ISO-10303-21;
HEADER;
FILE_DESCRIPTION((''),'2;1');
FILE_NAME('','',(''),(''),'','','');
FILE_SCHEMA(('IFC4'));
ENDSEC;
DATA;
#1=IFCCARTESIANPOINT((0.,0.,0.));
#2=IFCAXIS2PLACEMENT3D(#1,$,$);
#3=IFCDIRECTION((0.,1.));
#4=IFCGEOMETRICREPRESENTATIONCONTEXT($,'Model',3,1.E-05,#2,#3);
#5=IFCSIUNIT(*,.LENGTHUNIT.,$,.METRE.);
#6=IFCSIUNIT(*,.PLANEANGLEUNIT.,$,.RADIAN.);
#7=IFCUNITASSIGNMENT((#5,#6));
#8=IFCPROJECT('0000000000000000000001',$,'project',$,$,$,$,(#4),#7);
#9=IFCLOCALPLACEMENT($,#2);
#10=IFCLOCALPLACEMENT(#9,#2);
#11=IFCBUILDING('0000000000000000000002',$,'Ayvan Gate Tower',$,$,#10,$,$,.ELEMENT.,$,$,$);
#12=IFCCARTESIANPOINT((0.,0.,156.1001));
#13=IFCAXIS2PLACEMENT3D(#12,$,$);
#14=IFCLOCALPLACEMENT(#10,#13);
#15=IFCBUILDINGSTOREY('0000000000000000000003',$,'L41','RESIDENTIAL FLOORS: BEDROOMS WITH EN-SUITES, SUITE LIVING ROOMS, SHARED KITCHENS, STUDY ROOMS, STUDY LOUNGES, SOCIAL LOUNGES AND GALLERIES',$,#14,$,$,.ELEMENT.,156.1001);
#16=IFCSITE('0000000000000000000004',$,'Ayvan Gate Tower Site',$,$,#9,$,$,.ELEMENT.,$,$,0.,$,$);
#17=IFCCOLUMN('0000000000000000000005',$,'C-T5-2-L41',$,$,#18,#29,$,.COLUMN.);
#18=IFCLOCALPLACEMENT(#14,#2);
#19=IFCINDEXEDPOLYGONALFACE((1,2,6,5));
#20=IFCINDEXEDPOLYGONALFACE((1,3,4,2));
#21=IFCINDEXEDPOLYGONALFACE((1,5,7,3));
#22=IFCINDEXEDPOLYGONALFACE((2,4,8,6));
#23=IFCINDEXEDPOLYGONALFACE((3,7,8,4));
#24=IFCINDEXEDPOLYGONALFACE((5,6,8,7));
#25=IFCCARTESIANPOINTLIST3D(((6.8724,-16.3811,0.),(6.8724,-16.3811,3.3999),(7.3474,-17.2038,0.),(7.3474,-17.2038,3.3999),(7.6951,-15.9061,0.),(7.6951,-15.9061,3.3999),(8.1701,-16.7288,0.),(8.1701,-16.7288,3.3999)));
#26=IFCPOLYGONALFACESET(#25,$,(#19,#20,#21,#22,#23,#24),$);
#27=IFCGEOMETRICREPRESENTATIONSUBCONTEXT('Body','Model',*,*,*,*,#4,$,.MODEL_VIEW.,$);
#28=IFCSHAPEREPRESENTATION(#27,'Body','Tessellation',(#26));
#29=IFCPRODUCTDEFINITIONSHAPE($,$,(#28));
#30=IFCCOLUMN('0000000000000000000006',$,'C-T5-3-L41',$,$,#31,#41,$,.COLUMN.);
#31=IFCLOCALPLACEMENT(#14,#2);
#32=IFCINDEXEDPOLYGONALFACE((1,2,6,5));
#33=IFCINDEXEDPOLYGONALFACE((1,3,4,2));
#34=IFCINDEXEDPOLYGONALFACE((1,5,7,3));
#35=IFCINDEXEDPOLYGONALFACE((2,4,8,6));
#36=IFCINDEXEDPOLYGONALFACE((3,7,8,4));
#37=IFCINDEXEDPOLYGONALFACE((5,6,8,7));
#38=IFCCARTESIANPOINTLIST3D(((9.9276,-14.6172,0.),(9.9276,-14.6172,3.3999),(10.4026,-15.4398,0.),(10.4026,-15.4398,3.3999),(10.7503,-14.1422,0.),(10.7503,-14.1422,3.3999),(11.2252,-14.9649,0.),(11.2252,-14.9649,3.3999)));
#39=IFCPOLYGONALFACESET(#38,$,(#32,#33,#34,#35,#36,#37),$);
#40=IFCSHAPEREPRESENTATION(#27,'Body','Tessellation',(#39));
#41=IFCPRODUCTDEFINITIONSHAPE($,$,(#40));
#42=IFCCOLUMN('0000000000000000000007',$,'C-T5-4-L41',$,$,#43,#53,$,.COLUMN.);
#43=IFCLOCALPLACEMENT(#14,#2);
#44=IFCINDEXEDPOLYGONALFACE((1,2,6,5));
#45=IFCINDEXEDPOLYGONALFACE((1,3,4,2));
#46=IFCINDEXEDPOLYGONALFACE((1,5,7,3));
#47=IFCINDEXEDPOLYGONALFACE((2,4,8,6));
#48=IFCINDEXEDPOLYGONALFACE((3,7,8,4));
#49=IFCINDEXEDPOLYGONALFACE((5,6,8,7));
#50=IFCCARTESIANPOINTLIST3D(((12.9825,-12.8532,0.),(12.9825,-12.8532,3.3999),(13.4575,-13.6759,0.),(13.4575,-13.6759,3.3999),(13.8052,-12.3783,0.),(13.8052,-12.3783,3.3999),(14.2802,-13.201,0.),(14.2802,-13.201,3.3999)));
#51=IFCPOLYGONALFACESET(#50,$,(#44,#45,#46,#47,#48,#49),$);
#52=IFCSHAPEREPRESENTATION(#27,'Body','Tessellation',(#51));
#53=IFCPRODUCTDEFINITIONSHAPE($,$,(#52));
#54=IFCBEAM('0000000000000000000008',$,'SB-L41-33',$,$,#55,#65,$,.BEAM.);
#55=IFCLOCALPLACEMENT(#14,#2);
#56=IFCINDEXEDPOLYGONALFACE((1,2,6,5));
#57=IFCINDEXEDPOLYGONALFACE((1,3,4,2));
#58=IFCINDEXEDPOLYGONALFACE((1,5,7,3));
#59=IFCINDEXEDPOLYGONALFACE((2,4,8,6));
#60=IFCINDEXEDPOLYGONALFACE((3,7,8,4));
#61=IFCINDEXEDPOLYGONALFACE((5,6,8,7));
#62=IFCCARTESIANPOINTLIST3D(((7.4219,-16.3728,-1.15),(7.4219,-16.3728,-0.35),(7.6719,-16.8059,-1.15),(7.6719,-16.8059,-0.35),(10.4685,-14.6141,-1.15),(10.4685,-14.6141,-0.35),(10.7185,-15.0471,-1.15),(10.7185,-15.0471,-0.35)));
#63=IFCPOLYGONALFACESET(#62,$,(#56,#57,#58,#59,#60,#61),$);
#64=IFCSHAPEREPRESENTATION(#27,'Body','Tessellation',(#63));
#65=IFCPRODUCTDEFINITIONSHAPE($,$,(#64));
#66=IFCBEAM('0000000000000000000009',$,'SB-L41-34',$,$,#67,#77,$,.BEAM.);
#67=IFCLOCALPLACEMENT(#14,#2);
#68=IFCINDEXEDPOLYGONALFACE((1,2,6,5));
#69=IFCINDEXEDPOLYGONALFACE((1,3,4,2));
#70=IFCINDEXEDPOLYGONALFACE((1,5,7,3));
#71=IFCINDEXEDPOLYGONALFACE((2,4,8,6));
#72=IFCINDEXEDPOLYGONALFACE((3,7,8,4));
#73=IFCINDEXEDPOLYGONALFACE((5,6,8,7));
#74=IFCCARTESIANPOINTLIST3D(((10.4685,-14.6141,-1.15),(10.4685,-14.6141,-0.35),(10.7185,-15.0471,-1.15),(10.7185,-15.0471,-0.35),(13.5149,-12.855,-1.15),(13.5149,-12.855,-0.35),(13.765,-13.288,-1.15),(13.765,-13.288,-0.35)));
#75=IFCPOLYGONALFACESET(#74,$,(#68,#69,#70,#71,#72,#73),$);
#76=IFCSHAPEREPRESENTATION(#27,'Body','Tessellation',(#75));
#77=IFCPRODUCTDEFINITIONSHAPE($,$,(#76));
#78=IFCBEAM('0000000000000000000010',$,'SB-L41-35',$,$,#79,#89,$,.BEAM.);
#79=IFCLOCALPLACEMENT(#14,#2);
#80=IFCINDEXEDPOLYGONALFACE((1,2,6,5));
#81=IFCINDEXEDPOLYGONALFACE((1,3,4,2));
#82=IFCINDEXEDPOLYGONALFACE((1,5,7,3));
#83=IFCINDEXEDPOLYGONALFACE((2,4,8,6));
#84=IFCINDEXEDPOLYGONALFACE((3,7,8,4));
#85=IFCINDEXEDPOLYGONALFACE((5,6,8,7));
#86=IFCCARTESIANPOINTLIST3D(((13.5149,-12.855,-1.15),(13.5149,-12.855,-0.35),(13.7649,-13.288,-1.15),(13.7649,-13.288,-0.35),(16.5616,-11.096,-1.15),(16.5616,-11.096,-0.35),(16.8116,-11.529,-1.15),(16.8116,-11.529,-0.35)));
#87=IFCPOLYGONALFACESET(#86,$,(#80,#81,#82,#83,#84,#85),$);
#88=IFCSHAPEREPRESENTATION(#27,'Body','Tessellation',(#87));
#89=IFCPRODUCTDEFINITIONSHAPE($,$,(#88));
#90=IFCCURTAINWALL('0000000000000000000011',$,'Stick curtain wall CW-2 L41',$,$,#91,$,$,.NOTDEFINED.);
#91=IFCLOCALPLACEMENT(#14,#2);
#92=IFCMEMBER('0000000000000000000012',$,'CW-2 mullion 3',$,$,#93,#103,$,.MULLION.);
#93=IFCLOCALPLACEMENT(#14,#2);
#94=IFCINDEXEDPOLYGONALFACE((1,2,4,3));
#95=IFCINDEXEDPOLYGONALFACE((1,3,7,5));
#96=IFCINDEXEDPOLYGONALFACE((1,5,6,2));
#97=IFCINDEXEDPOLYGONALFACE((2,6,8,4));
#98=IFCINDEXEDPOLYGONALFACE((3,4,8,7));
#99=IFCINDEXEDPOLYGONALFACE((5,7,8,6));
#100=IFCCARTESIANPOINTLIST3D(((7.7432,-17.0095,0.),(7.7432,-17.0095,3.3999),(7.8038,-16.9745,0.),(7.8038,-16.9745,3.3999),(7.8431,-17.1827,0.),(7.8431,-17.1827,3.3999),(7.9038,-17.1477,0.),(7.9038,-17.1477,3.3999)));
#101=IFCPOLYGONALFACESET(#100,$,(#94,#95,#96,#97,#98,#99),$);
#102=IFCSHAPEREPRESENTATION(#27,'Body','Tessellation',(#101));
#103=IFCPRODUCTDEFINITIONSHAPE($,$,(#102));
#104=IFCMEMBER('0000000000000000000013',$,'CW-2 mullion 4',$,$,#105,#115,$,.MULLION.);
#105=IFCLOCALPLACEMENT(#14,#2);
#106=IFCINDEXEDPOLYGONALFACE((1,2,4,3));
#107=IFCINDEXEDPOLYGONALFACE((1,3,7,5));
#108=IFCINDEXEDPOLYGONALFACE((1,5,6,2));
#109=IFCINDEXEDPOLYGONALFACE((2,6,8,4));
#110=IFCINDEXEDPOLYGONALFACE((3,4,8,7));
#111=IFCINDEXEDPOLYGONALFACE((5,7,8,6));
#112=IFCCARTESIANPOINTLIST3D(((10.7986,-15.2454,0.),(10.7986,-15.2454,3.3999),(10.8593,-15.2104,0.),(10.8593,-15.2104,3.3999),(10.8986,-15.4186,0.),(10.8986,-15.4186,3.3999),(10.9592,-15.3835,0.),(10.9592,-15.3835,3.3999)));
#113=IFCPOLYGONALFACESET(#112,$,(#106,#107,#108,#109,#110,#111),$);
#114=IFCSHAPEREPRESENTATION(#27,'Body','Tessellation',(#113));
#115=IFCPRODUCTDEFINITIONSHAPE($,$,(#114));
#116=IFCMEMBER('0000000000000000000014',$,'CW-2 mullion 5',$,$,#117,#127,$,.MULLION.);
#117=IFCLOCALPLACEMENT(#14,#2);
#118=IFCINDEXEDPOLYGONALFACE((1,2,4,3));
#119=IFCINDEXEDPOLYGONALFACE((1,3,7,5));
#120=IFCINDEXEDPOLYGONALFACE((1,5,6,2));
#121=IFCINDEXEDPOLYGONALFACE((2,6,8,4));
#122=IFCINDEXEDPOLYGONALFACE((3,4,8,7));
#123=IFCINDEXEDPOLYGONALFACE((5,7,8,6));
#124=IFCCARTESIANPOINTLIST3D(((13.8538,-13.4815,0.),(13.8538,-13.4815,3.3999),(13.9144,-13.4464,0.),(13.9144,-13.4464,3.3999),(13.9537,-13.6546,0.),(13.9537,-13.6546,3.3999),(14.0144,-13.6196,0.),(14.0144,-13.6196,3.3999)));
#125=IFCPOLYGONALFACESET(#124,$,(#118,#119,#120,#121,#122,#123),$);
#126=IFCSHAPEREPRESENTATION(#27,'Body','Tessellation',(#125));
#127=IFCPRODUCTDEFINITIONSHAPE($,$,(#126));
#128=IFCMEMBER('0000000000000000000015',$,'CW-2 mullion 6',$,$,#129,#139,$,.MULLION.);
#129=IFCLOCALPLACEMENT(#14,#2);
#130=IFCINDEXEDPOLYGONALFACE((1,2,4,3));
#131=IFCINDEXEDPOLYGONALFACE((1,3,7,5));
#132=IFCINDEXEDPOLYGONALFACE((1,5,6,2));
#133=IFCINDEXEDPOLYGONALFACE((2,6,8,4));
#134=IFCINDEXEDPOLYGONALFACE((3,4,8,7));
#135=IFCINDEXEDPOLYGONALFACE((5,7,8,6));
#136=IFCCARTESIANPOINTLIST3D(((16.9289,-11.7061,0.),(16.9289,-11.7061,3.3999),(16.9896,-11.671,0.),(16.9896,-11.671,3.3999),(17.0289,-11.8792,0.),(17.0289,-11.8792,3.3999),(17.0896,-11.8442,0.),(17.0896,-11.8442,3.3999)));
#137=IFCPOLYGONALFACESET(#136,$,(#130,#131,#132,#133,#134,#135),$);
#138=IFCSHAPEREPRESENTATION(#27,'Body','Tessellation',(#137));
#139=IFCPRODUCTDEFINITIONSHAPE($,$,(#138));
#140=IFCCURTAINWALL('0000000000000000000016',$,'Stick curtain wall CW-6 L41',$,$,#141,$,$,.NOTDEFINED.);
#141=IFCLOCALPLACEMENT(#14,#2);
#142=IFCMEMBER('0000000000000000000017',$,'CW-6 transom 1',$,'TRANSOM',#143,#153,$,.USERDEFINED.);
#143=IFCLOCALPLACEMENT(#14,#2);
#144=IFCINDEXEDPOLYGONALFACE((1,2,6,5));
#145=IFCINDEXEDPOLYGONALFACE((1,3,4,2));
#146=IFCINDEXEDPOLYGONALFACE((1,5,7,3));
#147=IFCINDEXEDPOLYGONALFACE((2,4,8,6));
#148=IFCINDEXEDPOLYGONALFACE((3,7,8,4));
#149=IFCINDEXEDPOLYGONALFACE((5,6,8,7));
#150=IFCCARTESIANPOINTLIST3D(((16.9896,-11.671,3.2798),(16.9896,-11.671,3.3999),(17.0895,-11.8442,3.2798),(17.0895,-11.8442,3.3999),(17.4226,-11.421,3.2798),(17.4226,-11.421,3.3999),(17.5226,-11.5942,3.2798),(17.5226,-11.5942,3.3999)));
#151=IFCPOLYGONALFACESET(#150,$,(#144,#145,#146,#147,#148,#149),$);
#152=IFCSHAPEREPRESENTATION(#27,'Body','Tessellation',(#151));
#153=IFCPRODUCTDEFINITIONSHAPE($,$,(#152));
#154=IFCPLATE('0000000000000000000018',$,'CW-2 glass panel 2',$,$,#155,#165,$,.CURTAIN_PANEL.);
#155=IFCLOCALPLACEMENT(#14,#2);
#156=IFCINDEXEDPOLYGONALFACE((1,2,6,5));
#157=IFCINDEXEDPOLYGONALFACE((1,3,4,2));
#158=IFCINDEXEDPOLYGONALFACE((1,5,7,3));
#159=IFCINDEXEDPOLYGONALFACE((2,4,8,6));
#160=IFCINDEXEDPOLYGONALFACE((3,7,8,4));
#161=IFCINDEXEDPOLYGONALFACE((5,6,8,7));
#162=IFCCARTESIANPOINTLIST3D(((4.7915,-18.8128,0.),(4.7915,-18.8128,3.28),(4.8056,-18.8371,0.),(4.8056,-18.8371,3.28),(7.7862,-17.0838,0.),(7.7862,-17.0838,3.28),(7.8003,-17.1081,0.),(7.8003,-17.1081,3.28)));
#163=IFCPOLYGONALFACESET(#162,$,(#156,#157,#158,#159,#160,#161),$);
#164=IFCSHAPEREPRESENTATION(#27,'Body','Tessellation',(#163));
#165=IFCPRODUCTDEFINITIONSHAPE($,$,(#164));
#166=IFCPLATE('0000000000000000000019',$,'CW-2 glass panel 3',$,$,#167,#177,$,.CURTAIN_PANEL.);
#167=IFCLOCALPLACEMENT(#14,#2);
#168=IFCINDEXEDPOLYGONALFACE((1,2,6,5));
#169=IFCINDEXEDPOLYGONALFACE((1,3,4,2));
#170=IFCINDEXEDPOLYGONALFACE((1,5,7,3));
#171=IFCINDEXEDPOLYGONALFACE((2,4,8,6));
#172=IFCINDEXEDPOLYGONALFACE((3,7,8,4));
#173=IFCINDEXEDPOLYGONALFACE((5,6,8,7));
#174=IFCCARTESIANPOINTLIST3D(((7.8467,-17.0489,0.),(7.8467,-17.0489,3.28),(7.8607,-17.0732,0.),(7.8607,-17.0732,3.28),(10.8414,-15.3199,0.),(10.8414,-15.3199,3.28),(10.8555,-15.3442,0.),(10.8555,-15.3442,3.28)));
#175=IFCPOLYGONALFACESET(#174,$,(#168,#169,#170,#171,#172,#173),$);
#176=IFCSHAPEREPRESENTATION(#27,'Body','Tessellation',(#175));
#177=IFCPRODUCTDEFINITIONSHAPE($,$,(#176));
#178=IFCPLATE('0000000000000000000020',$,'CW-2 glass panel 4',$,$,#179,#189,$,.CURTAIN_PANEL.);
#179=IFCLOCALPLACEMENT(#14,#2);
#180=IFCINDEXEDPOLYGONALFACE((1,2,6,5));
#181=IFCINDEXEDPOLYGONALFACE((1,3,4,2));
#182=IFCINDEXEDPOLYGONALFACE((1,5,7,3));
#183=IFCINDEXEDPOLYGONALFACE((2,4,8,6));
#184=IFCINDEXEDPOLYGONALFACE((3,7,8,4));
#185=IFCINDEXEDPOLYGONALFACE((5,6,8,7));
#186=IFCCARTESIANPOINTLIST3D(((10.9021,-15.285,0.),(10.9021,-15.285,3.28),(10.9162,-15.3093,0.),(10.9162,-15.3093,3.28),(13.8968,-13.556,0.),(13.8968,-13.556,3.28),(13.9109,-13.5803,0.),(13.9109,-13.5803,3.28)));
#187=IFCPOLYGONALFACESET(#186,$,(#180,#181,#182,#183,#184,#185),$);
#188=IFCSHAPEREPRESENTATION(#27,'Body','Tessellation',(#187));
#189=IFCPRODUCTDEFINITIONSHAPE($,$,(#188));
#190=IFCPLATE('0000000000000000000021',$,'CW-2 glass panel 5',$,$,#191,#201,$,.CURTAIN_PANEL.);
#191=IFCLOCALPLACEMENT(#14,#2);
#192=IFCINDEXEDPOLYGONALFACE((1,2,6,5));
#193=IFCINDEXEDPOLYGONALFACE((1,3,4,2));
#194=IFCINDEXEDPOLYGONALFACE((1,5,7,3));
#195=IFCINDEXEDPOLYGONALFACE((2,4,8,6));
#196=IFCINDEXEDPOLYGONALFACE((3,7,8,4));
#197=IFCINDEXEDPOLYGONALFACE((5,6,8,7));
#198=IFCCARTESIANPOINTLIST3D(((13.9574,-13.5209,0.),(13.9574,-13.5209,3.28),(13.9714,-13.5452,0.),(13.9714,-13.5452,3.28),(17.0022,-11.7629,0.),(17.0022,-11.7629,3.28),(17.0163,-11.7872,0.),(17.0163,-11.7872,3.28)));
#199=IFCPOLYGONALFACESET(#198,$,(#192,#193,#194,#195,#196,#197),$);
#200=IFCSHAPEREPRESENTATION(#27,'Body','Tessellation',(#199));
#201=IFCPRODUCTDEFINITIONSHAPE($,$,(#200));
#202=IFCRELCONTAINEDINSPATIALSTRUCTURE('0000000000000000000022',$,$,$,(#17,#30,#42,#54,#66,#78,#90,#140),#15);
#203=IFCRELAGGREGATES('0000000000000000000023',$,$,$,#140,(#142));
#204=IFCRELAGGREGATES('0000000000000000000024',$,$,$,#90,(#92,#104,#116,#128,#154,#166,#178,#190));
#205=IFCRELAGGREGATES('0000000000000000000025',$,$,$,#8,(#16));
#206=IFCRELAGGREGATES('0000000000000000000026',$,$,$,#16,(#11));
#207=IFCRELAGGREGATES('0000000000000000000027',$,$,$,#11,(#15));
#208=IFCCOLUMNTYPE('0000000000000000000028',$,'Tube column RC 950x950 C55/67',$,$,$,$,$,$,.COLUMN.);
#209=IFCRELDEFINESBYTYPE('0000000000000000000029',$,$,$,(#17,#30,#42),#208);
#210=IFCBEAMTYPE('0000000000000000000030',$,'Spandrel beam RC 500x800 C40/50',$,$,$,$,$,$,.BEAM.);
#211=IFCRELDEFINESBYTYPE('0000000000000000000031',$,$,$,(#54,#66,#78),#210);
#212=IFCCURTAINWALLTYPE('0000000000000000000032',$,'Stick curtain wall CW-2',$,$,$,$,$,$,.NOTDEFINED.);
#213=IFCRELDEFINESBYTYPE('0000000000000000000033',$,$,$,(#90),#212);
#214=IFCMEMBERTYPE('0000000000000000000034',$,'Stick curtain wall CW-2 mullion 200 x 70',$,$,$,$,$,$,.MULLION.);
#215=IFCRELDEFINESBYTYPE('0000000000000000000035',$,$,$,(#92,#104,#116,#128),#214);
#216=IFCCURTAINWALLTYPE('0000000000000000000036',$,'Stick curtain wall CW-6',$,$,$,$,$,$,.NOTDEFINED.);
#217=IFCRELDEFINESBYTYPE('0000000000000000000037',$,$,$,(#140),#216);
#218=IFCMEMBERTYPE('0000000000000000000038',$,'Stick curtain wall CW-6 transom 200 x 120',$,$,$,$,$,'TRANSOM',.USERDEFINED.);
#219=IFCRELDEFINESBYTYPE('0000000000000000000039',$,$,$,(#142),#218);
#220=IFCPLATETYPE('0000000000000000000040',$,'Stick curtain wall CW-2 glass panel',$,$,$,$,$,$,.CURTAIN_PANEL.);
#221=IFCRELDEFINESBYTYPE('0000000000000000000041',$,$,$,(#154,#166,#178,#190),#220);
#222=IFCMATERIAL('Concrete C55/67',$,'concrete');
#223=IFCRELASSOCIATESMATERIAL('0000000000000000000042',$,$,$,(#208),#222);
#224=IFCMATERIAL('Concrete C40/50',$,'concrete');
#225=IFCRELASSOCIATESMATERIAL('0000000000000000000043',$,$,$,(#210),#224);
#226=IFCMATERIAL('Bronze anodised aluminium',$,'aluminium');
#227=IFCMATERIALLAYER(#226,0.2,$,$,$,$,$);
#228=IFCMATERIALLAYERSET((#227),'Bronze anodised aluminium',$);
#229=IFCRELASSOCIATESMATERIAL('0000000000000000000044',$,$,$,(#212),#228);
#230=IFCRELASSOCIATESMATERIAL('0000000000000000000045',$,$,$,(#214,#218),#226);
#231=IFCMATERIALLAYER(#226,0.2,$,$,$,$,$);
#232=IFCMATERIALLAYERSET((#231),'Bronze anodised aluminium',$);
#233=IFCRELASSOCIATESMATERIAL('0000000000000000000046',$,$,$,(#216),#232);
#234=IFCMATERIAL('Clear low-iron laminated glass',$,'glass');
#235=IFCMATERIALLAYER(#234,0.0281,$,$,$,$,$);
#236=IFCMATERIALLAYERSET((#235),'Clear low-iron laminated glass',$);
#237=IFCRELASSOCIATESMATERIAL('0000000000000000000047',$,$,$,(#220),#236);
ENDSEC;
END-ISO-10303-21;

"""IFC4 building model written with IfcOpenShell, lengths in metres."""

from ifc_helpers import new_model, si_unit, direction, frame, origin, origin_2d, place, context, subcontext, project, spatial, rectangle, extrude, material, layer, layer_set, material_profile, profile_set, type_object, element, aggregate, save


model = new_model("IFC4")

# Units and contexts
model_context = context("Model", 3, precision=1e-05, world=origin(), true_north=direction((0.0, 1.0)))
body_context = subcontext(model_context, "Body", "Model", "MODEL_VIEW")
ifc_project = project(units=[si_unit("LENGTHUNIT", "METRE"), si_unit("PLANEANGLEUNIT", "RADIAN")], contexts=[model_context])

# Site, building, storey
site_placement = place(None, origin())
site = spatial("IfcSite", under=ifc_project, at=site_placement, Name="Ayvan Gate Tower Site", CompositionType="ELEMENT", RefElevation=0.0)
building_placement = place(site_placement, origin())
building = spatial("IfcBuilding", under=site, at=building_placement, Name="Ayvan Gate Tower", CompositionType="ELEMENT")
storey_placement = place(building_placement, frame((0.0, 0.0, 156.1001)))
storey = spatial("IfcBuildingStorey", under=building, at=storey_placement, Name="L41", Description="RESIDENTIAL FLOORS: BEDROOMS WITH EN-SUITES, SUITE LIVING ROOMS, SHARED KITCHENS, STUDY ROOMS, STUDY LOUNGES, SOCIAL LOUNGES AND GALLERIES", CompositionType="ELEMENT", Elevation=156.1001)

# Columns
ifc_material_1 = material(Name="Concrete C55/67", Category="concrete")
ifc_material_profile_1 = material_profile(ifc_material_1, rectangle(XDim=0.95, YDim=0.95, at=origin_2d()), Name="RC 950x950")
ifc_profile_set_1 = profile_set([ifc_material_profile_1], Name="Concrete C55/67")
column_type = type_object("IfcColumnType", Name="Tube column RC 950x950 C55/67", PredefinedType="COLUMN", material=ifc_profile_set_1)
for number, where, z_axis, x_axis, name in (
    (1, (7.5212, -16.5549, 0.0), (0.0, 0.0, 1.0), (0.5, -0.866025, 0.0), "C-T5-2-L41"),
    (2, (10.5764, -14.791, 0.0), (0.0, 0.0, 1.0), (0.5, -0.866025, 0.0), "C-T5-3-L41"),
    (3, (13.6313, -13.0271, 0.0), (0.0, 0.0, 1.0), (0.5, -0.866025, 0.0), "C-T5-4-L41"),
):
    element("IfcColumn", number, at=place(storey_placement, frame(where, z_axis=z_axis, x_axis=x_axis)), inside=storey, type_object=column_type, Name=name, PredefinedType="COLUMN", context=body_context, shape_type="SweptSolid", body=[
        extrude(rectangle(XDim=0.95, YDim=0.95, at=origin_2d()), origin(), (0.0, 0.0, 1.0), 3.3999),
    ])

# Beams
ifc_material_2 = material(Name="Concrete C40/50", Category="concrete")
ifc_material_profile_2 = material_profile(ifc_material_2, rectangle(XDim=0.5, YDim=0.8, at=origin_2d()), Name="RC 500x800")
ifc_profile_set_2 = profile_set([ifc_material_profile_2], Name="Concrete C40/50")
beam_type = type_object("IfcBeamType", Name="Spandrel beam RC 500x800 C40/50", PredefinedType="BEAM", material=ifc_profile_set_2)
for number, where, z_axis, x_axis, name in (
    (4, (7.5469, -16.5894, -0.75), (0.866048, 0.499961, 0.0), (-0.499961, 0.866048, 0.0), "SB-L41-33"),
    (5, (10.5935, -14.8306, -0.75), (0.866001, 0.500043, 0.0), (-0.500043, 0.866001, 0.0), "SB-L41-34"),
):
    element("IfcBeam", number, at=place(storey_placement, frame(where, z_axis=z_axis, x_axis=x_axis)), inside=storey, type_object=beam_type, Name=name, PredefinedType="BEAM", context=body_context, shape_type="SweptSolid", body=[
        extrude(rectangle(XDim=0.5, YDim=0.8, at=origin_2d()), origin(), (0.0, 0.0, 1.0), 3.5178),
    ])
beam_placement = place(storey_placement, frame((13.6399, -13.0715, -0.75), z_axis=(0.866018, 0.500013, 0.0), x_axis=(-0.500013, 0.866018, 0.0)))
element("IfcBeam", 6, at=beam_placement, inside=storey, type_object=beam_type, Name="SB-L41-35", PredefinedType="BEAM", context=body_context, shape_type="SweptSolid", body=[
    extrude(rectangle(XDim=0.5, YDim=0.8, at=origin_2d()), origin(), (0.0, 0.0, 1.0), 3.5181),
])

# Curtain wall, members
ifc_material_3 = material(Name="Bronze anodised aluminium", Category="aluminium")
ifc_layer_1 = layer(ifc_material_3, 0.2)
ifc_layer_set_1 = layer_set([ifc_layer_1], Name="Bronze anodised aluminium")
curtain_wall_type_1 = type_object("IfcCurtainWallType", Name="Stick curtain wall CW-2", PredefinedType="NOTDEFINED", material=ifc_layer_set_1)
curtain_wall_1_placement = place(storey_placement, origin())
curtain_wall_1 = element("IfcCurtainWall", 7, at=curtain_wall_1_placement, inside=storey, type_object=curtain_wall_type_1, Name="Stick curtain wall CW-2 L41", PredefinedType="NOTDEFINED")
ifc_material_profile_3 = material_profile(ifc_material_3, rectangle(XDim=0.2, YDim=0.0701, at=origin_2d()), Name="Stick curtain wall CW-2 mullion 200 x 70")
ifc_profile_set_3 = profile_set([ifc_material_profile_3], Name="Bronze anodised aluminium")
member_type_1 = type_object("IfcMemberType", Name="Stick curtain wall CW-2 mullion 200 x 70", PredefinedType="MULLION", material=ifc_profile_set_3)
member_1_placement = place(storey_placement, frame((7.8235, -17.0786, 0.0), z_axis=(0.0, 0.0, 1.0), x_axis=(0.5, -0.866025, 0.0)))
member_1 = element("IfcMember", 8, at=member_1_placement, type_object=member_type_1, Name="CW-2 mullion 3", PredefinedType="MULLION", context=body_context, shape_type="SweptSolid", body=[
    extrude(rectangle(XDim=0.2, YDim=0.0701, at=origin_2d()), origin(), (0.0, 0.0, 1.0), 3.3999),
])
member_2_placement = place(storey_placement, frame((10.8789, -15.3145, 0.0), z_axis=(0.0, 0.0, 1.0), x_axis=(0.5, -0.866025, 0.0)))
member_2 = element("IfcMember", 9, at=member_2_placement, type_object=member_type_1, Name="CW-2 mullion 4", PredefinedType="MULLION", context=body_context, shape_type="SweptSolid", body=[
    extrude(rectangle(XDim=0.2, YDim=0.0701, at=origin_2d()), origin(), (0.0, 0.0, 1.0), 3.3999),
])
member_3_placement = place(storey_placement, frame((13.9341, -13.5505, 0.0), z_axis=(0.0, 0.0, 1.0), x_axis=(0.5, -0.866025, 0.0)))
member_3 = element("IfcMember", 10, at=member_3_placement, type_object=member_type_1, Name="CW-2 mullion 5", PredefinedType="MULLION", context=body_context, shape_type="SweptSolid", body=[
    extrude(rectangle(XDim=0.2, YDim=0.0701, at=origin_2d()), origin(), (0.0, 0.0, 1.0), 3.3999),
])
member_4_placement = place(storey_placement, frame((17.0093, -11.7751, 0.0), z_axis=(0.0, 0.0, 1.0), x_axis=(0.5, -0.866025, 0.0)))
member_4 = element("IfcMember", 11, at=member_4_placement, type_object=member_type_1, Name="CW-2 mullion 6", PredefinedType="MULLION", context=body_context, shape_type="SweptSolid", body=[
    extrude(rectangle(XDim=0.2, YDim=0.0701, at=origin_2d()), origin(), (0.0, 0.0, 1.0), 3.3999),
])

# Curtain wall, member
ifc_layer_2 = layer(ifc_material_3, 0.2)
ifc_layer_set_2 = layer_set([ifc_layer_2], Name="Bronze anodised aluminium")
curtain_wall_type_2 = type_object("IfcCurtainWallType", Name="Stick curtain wall CW-6", PredefinedType="NOTDEFINED", material=ifc_layer_set_2)
curtain_wall_2_placement = place(storey_placement, origin())
curtain_wall_2 = element("IfcCurtainWall", 12, at=curtain_wall_2_placement, inside=storey, type_object=curtain_wall_type_2, Name="Stick curtain wall CW-6 L41", PredefinedType="NOTDEFINED")
ifc_material_profile_4 = material_profile(ifc_material_3, rectangle(XDim=0.2, YDim=0.1201, at=origin_2d()), Name="Stick curtain wall CW-6 transom 200 x 120")
ifc_profile_set_4 = profile_set([ifc_material_profile_4], Name="Bronze anodised aluminium")
member_type_2 = type_object("IfcMemberType", Name="Stick curtain wall CW-6 transom 200 x 120", ElementType="TRANSOM", PredefinedType="USERDEFINED", material=ifc_profile_set_4)
member_5_placement = place(storey_placement, frame((17.0396, -11.7576, 3.3398), z_axis=(0.866072, 0.49992, 0.0), x_axis=(-0.49992, 0.866072, 0.0)))
member_5 = element("IfcMember", 13, at=member_5_placement, type_object=member_type_2, Name="CW-6 transom 1", ObjectType="TRANSOM", PredefinedType="USERDEFINED", context=body_context, shape_type="SweptSolid", body=[
    extrude(rectangle(XDim=0.2, YDim=0.1201, at=origin_2d()), origin(), (0.0, 0.0, 1.0), 0.5),
])
aggregate(curtain_wall_2, [member_5])

# Plates
ifc_material_4 = material(Name="Clear low-iron laminated glass", Category="glass")
ifc_layer_3 = layer(ifc_material_4, 0.0281)
ifc_layer_set_3 = layer_set([ifc_layer_3], Name="Clear low-iron laminated glass")
plate_type = type_object("IfcPlateType", Name="Stick curtain wall CW-2 glass panel", PredefinedType="CURTAIN_PANEL", material=ifc_layer_set_3)
plate_1_placement = place(storey_placement, frame((6.2959, -17.9604, 0.0), z_axis=(0.0, 0.0, 1.0), x_axis=(0.866025, 0.5, 0.0)))
plate_1 = element("IfcPlate", 14, at=plate_1_placement, type_object=plate_type, Name="CW-2 glass panel 2", PredefinedType="CURTAIN_PANEL", context=body_context, shape_type="SweptSolid", body=[
    extrude(rectangle(XDim=3.458, YDim=0.0281, at=origin_2d()), origin(), (0.0, 0.0, 1.0), 3.28),
])
plate_2_placement = place(storey_placement, frame((9.3511, -16.1965, 0.0), z_axis=(0.0, 0.0, 1.0), x_axis=(0.866025, 0.5, 0.0)))
plate_2 = element("IfcPlate", 15, at=plate_2_placement, type_object=plate_type, Name="CW-2 glass panel 3", PredefinedType="CURTAIN_PANEL", context=body_context, shape_type="SweptSolid", body=[
    extrude(rectangle(XDim=3.458, YDim=0.0281, at=origin_2d()), origin(), (0.0, 0.0, 1.0), 3.28),
])
plate_3_placement = place(storey_placement, frame((12.4065, -14.4326, 0.0), z_axis=(0.0, 0.0, 1.0), x_axis=(0.866025, 0.5, 0.0)))
plate_3 = element("IfcPlate", 16, at=plate_3_placement, type_object=plate_type, Name="CW-2 glass panel 4", PredefinedType="CURTAIN_PANEL", context=body_context, shape_type="SweptSolid", body=[
    extrude(rectangle(XDim=3.458, YDim=0.0281, at=origin_2d()), origin(), (0.0, 0.0, 1.0), 3.28),
])
plate_4_placement = place(storey_placement, frame((15.4868, -12.6541, 0.0), z_axis=(0.0, 0.0, 1.0), x_axis=(0.866025, 0.5, 0.0)))
plate_4 = element("IfcPlate", 17, at=plate_4_placement, type_object=plate_type, Name="CW-2 glass panel 5", PredefinedType="CURTAIN_PANEL", context=body_context, shape_type="SweptSolid", body=[
    extrude(rectangle(XDim=3.5159, YDim=0.0281, at=origin_2d()), origin(), (0.0, 0.0, 1.0), 3.28),
])
aggregate(curtain_wall_1, [member_1, member_2, member_3, member_4, plate_1, plate_2, plate_3, plate_4])

save(model, "model.ifc")
